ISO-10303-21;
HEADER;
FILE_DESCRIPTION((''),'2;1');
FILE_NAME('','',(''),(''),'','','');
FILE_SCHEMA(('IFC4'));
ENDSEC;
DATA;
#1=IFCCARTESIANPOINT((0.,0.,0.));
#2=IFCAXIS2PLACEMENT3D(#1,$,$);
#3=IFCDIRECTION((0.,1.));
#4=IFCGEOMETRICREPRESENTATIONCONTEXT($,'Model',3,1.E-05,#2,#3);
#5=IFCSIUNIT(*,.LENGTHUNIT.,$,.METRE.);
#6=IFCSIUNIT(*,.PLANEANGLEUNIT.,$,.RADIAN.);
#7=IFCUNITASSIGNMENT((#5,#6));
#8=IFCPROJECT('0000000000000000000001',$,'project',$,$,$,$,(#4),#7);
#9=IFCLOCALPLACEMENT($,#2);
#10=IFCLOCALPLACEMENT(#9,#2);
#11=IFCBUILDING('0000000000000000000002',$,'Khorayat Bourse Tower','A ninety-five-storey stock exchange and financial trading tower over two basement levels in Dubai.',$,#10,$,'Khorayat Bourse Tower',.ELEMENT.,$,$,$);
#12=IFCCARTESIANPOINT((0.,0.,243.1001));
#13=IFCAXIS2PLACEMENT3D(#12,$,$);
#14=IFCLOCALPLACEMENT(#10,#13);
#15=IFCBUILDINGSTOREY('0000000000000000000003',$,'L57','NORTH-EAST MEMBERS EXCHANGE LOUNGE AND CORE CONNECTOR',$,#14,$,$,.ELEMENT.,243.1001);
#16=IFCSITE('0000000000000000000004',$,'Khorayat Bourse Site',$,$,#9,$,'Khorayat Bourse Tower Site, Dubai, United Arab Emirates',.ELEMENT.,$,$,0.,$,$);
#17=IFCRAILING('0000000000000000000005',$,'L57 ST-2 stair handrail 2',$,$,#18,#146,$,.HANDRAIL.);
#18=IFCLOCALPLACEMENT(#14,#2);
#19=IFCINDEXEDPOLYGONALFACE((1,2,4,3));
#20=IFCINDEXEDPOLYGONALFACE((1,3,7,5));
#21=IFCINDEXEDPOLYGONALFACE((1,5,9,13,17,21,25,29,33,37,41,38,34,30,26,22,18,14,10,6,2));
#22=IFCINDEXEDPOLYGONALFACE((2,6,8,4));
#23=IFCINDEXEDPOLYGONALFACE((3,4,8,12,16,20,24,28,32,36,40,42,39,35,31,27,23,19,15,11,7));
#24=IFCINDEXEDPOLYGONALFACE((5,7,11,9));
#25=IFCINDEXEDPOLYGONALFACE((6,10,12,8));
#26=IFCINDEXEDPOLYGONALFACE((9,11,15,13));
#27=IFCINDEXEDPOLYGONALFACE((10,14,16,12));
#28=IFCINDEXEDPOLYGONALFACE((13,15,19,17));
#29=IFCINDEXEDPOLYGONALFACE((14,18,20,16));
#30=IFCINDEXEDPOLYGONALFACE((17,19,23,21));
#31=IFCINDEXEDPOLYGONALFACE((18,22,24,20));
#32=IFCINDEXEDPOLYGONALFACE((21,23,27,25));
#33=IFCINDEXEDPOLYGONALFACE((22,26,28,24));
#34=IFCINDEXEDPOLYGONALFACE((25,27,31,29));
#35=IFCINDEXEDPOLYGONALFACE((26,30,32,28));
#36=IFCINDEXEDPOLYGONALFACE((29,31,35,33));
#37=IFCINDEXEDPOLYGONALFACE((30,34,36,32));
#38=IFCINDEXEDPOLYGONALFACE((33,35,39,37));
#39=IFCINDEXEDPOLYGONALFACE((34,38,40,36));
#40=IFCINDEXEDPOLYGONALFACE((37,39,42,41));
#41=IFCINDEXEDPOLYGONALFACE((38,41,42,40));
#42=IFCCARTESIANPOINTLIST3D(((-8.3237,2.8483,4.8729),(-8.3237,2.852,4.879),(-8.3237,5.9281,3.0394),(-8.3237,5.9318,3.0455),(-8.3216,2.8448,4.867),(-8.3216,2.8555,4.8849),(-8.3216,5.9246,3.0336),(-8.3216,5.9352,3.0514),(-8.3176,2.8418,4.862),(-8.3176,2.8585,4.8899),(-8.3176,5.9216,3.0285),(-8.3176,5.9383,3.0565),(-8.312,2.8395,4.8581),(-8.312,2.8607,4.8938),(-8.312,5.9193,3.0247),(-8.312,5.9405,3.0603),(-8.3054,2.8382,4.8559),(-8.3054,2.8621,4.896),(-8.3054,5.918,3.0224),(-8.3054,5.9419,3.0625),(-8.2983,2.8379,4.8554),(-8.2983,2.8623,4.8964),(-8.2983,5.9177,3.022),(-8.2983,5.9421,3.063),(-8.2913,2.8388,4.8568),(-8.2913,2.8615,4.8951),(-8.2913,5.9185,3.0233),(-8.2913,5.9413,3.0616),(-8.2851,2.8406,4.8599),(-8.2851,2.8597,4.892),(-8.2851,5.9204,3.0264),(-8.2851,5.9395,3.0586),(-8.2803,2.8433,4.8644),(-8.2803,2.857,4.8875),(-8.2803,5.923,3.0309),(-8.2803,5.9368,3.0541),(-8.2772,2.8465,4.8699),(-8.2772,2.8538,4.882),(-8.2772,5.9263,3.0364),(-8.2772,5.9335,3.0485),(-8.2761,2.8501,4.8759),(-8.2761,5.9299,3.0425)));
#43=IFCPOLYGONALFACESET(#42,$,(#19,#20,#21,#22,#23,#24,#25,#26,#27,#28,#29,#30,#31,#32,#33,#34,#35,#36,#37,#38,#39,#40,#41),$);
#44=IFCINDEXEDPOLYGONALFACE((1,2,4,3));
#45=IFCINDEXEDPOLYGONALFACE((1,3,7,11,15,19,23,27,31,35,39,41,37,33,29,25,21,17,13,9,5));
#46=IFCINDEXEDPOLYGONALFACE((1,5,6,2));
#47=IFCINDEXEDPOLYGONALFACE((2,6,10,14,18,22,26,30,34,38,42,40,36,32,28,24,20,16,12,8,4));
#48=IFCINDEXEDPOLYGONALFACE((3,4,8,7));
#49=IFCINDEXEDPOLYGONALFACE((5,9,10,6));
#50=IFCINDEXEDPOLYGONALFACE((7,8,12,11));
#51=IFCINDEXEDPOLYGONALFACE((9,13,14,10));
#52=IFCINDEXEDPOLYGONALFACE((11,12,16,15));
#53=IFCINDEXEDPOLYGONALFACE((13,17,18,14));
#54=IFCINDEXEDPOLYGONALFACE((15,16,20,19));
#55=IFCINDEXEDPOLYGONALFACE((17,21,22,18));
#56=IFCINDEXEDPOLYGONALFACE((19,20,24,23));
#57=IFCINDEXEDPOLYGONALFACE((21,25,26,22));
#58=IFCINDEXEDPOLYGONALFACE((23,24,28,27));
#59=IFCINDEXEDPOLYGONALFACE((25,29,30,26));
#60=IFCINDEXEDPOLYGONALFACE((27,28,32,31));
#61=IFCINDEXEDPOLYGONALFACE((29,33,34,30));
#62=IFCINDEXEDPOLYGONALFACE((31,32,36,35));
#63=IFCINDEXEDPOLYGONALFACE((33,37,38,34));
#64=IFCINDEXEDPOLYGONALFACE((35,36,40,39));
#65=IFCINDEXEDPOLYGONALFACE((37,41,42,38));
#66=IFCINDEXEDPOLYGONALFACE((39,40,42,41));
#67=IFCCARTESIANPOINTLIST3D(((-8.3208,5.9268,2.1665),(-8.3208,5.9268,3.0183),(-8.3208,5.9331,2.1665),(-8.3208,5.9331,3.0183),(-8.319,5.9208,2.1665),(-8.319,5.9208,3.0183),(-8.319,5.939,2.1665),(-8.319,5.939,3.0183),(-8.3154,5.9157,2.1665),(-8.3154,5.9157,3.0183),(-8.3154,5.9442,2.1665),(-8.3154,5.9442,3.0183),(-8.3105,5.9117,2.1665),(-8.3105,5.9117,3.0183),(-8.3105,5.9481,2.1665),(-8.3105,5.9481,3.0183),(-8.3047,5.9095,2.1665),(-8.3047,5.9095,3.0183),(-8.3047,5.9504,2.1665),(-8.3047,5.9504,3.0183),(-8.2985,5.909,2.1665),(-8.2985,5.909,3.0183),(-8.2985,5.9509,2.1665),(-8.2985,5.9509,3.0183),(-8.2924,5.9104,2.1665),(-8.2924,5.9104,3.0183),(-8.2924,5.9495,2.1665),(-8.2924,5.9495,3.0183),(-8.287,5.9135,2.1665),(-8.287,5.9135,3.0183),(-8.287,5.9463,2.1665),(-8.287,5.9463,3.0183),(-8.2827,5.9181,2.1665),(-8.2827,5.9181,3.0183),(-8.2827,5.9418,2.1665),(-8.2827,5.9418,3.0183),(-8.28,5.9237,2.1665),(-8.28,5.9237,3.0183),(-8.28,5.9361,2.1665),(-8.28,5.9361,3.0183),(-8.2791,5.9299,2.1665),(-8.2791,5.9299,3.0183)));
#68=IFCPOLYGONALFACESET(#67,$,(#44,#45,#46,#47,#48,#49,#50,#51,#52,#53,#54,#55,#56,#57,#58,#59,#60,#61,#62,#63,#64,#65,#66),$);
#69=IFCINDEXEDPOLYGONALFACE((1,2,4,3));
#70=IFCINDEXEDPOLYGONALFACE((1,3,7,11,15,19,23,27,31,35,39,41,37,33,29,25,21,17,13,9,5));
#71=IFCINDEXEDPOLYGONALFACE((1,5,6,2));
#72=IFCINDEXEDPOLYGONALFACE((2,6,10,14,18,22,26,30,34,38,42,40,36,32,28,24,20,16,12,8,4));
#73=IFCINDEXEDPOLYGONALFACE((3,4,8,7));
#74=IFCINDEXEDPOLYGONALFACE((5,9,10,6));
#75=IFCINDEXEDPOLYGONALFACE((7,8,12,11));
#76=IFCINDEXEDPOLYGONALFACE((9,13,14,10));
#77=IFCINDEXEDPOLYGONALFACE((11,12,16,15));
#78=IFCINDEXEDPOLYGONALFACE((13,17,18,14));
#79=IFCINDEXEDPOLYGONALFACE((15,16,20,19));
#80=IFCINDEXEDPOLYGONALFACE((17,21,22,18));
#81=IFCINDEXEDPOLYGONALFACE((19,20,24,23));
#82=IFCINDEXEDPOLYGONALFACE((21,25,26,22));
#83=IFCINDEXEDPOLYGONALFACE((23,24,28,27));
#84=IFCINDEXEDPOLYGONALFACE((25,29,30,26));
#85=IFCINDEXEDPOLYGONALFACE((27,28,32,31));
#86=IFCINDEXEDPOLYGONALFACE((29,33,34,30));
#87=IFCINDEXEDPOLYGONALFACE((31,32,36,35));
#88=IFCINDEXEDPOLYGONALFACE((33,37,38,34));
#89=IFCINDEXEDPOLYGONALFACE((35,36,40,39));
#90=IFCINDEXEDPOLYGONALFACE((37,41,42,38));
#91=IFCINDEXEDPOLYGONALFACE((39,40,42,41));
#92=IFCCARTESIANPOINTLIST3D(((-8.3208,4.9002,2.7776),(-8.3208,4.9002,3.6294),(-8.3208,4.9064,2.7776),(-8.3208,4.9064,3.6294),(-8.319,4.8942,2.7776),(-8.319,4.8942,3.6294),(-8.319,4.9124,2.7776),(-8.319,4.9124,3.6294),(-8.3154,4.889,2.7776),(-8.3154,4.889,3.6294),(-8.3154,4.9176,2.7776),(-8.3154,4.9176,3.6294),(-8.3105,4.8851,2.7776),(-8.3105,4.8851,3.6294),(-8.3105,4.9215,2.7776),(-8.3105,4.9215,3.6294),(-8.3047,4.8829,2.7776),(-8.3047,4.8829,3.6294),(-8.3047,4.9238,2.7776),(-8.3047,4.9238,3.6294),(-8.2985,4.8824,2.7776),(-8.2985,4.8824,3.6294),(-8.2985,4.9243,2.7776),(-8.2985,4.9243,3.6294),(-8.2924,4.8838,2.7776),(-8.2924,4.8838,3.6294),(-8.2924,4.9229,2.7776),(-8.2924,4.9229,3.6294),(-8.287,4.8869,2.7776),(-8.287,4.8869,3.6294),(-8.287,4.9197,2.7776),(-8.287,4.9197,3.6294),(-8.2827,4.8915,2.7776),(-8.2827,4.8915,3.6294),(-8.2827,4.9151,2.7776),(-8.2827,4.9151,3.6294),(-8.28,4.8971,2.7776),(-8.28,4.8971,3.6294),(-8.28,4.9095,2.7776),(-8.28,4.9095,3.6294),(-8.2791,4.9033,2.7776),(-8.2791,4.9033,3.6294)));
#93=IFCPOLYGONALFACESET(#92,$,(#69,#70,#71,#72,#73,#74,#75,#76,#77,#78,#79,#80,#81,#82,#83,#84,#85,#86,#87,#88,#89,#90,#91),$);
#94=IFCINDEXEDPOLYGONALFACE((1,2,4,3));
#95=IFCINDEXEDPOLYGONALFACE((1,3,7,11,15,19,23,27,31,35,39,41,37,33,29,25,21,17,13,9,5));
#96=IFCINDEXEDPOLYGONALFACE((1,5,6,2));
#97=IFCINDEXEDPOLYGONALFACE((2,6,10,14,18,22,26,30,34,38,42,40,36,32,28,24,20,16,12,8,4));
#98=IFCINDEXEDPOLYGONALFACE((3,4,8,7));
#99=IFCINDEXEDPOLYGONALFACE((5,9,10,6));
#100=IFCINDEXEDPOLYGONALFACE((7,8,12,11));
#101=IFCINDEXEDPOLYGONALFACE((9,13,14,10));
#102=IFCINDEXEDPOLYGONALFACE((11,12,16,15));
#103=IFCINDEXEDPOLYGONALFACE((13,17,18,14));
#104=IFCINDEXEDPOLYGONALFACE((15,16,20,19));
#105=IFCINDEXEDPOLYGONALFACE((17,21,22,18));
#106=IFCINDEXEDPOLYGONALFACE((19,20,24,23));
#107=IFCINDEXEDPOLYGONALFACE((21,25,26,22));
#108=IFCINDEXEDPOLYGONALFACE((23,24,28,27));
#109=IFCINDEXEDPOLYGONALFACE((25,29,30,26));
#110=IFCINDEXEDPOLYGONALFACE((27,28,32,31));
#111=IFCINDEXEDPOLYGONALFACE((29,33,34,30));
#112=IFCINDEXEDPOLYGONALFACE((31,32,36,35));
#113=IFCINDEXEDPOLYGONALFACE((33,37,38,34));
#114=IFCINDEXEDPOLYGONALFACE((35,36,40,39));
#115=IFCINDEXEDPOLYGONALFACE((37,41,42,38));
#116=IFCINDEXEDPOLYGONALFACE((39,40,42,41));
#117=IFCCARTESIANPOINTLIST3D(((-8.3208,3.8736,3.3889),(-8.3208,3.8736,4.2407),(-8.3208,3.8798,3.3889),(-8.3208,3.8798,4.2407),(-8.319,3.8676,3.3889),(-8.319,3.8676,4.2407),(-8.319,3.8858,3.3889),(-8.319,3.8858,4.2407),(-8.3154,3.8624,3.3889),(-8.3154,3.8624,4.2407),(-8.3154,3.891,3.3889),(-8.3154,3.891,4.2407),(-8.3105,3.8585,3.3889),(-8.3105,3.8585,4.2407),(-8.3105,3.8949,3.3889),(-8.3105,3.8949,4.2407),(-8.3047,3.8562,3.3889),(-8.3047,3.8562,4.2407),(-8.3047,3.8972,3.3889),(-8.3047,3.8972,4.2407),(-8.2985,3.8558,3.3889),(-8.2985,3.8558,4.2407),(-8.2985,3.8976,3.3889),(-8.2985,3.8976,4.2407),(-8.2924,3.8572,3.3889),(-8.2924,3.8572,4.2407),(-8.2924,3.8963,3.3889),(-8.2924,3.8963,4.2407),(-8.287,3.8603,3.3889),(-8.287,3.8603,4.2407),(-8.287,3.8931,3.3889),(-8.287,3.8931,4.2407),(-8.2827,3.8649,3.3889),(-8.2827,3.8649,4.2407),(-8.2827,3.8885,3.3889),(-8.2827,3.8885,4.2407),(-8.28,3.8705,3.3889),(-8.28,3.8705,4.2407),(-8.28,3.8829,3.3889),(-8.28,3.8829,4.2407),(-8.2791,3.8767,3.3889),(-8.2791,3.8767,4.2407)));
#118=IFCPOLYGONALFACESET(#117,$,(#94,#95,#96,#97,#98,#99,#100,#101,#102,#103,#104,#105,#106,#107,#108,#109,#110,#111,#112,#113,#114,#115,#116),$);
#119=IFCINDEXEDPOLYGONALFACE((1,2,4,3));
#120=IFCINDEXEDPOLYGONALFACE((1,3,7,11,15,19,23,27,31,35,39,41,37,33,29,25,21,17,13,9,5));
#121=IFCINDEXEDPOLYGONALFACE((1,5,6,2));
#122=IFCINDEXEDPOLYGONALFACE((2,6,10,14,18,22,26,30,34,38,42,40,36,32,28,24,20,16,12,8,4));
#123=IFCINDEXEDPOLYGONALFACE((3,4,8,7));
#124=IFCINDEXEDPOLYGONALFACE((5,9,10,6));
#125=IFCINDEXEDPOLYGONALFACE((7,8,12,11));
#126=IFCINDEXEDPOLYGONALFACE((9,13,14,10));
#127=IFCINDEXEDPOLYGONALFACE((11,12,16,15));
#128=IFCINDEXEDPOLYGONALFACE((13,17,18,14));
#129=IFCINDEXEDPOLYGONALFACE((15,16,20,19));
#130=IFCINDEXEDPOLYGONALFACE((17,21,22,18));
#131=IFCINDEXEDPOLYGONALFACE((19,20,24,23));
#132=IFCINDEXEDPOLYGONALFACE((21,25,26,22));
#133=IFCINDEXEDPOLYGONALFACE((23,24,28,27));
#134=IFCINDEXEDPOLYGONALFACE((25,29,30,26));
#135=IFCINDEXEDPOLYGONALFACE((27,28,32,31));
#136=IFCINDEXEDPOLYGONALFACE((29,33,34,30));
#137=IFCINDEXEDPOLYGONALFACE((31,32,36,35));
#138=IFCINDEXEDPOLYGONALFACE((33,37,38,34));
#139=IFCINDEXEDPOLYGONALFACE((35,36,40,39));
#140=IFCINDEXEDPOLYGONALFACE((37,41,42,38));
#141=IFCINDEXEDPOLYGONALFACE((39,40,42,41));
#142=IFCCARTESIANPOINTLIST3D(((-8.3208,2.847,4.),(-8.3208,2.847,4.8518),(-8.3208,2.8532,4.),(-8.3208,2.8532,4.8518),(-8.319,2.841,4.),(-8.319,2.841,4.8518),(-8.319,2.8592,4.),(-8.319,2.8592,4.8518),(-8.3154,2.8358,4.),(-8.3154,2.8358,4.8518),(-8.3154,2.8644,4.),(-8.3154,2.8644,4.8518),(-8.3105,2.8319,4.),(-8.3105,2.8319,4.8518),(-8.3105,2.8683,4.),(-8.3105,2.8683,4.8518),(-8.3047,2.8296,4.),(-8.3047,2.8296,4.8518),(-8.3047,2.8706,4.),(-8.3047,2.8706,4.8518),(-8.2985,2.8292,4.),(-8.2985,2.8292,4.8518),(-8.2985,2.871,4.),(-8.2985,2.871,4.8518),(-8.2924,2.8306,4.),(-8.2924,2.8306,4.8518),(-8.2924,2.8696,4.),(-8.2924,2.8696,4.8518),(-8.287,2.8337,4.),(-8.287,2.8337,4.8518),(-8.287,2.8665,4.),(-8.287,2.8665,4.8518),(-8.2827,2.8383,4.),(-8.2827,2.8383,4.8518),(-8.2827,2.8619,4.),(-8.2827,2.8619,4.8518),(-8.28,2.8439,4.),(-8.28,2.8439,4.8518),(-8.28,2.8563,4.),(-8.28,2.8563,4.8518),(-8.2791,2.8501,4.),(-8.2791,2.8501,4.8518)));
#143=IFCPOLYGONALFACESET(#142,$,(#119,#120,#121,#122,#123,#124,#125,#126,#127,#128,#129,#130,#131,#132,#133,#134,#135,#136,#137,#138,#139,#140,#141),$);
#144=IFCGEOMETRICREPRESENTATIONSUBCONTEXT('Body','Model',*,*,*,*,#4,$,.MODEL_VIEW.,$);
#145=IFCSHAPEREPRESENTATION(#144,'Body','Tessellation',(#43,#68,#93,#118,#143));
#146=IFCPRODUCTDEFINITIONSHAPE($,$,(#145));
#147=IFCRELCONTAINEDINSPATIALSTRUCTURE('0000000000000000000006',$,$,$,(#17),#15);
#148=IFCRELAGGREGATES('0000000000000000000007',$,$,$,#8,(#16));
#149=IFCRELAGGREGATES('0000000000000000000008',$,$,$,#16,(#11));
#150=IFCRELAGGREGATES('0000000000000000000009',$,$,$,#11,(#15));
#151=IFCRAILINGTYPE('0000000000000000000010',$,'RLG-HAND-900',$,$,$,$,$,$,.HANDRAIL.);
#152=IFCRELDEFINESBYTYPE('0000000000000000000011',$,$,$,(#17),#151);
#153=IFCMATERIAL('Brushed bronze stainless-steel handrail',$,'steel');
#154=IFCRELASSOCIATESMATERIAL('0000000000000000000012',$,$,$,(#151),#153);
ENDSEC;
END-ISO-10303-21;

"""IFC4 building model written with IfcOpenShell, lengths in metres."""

from ifc_helpers import new_model, si_unit, direction, frame, origin, origin_2d, place, context, subcontext, project, spatial, circle, extrude, source, transform, mapped, material, type_object, element, save


model = new_model("IFC4")

# Units and contexts
model_context = context("Model", 3, precision=1e-05, world=origin(), true_north=direction((0.0, 1.0)))
body_context = subcontext(model_context, "Body", "Model", "MODEL_VIEW")
ifc_project = project(units=[si_unit("LENGTHUNIT", "METRE"), si_unit("PLANEANGLEUNIT", "RADIAN")], contexts=[model_context])

# Site, building, storey
site_placement = place(None, origin())
site = spatial("IfcSite", under=ifc_project, at=site_placement, Name="Khorayat Bourse Site", LongName="Khorayat Bourse Tower Site, Dubai, United Arab Emirates", CompositionType="ELEMENT", RefElevation=0.0)
building_placement = place(site_placement, origin())
building = spatial("IfcBuilding", under=site, at=building_placement, Name="Khorayat Bourse Tower", Description="A ninety-five-storey stock exchange and financial trading tower over two basement levels in Dubai.", LongName="Khorayat Bourse Tower", CompositionType="ELEMENT")
storey_placement = place(building_placement, frame((0.0, 0.0, 243.1001)))
storey = spatial("IfcBuildingStorey", under=building, at=storey_placement, Name="L57", Description="NORTH-EAST MEMBERS EXCHANGE LOUNGE AND CORE CONNECTOR", CompositionType="ELEMENT", Elevation=243.1001)

# Railing
ifc_material_1 = material(Name="Brushed bronze stainless-steel handrail", Category="steel")
railing_type_1 = type_object("IfcRailingType", Name="RLG-HAND-900", PredefinedType="HANDRAIL", material=ifc_material_1)
shared_shape_1 = source(origin(), body_context, "Body", "SweptSolid", [
    extrude(circle(Radius=0.0239, at=origin_2d()), frame((0.0, 0.0, 0.876), z_axis=(0.0, -0.859261, 0.511538), x_axis=(1.0, 0.0, 0.0)), (0.0, 0.0, 1.0), 3.5842),
    extrude(circle(Radius=0.021, at=origin_2d()), origin(), (0.0, 0.0, 1.0), 0.8518),
    extrude(circle(Radius=0.021, at=origin_2d()), frame((0.0, -1.0266, 0.6111)), (0.0, 0.0, 1.0), 0.8518),
    extrude(circle(Radius=0.021, at=origin_2d()), frame((0.0, -2.0532, 1.2224)), (0.0, 0.0, 1.0), 0.8518),
    extrude(circle(Radius=0.021, at=origin_2d()), frame((0.0, -3.0798, 1.8335)), (0.0, 0.0, 1.0), 0.8518),
])
railing_1_placement = place(storey_placement, frame((-8.3, 5.9299, 2.1665)))
element("IfcRailing", 1, at=railing_1_placement, inside=storey, type_object=railing_type_1, Name="L57 ST-2 stair handrail 2", PredefinedType="HANDRAIL", context=body_context, shape_type="MappedRepresentation", body=[
    mapped(shared_shape_1, transform((0.0, 0.0, 0.0), scale=1.0)),
])

save(model, "model.ifc")
